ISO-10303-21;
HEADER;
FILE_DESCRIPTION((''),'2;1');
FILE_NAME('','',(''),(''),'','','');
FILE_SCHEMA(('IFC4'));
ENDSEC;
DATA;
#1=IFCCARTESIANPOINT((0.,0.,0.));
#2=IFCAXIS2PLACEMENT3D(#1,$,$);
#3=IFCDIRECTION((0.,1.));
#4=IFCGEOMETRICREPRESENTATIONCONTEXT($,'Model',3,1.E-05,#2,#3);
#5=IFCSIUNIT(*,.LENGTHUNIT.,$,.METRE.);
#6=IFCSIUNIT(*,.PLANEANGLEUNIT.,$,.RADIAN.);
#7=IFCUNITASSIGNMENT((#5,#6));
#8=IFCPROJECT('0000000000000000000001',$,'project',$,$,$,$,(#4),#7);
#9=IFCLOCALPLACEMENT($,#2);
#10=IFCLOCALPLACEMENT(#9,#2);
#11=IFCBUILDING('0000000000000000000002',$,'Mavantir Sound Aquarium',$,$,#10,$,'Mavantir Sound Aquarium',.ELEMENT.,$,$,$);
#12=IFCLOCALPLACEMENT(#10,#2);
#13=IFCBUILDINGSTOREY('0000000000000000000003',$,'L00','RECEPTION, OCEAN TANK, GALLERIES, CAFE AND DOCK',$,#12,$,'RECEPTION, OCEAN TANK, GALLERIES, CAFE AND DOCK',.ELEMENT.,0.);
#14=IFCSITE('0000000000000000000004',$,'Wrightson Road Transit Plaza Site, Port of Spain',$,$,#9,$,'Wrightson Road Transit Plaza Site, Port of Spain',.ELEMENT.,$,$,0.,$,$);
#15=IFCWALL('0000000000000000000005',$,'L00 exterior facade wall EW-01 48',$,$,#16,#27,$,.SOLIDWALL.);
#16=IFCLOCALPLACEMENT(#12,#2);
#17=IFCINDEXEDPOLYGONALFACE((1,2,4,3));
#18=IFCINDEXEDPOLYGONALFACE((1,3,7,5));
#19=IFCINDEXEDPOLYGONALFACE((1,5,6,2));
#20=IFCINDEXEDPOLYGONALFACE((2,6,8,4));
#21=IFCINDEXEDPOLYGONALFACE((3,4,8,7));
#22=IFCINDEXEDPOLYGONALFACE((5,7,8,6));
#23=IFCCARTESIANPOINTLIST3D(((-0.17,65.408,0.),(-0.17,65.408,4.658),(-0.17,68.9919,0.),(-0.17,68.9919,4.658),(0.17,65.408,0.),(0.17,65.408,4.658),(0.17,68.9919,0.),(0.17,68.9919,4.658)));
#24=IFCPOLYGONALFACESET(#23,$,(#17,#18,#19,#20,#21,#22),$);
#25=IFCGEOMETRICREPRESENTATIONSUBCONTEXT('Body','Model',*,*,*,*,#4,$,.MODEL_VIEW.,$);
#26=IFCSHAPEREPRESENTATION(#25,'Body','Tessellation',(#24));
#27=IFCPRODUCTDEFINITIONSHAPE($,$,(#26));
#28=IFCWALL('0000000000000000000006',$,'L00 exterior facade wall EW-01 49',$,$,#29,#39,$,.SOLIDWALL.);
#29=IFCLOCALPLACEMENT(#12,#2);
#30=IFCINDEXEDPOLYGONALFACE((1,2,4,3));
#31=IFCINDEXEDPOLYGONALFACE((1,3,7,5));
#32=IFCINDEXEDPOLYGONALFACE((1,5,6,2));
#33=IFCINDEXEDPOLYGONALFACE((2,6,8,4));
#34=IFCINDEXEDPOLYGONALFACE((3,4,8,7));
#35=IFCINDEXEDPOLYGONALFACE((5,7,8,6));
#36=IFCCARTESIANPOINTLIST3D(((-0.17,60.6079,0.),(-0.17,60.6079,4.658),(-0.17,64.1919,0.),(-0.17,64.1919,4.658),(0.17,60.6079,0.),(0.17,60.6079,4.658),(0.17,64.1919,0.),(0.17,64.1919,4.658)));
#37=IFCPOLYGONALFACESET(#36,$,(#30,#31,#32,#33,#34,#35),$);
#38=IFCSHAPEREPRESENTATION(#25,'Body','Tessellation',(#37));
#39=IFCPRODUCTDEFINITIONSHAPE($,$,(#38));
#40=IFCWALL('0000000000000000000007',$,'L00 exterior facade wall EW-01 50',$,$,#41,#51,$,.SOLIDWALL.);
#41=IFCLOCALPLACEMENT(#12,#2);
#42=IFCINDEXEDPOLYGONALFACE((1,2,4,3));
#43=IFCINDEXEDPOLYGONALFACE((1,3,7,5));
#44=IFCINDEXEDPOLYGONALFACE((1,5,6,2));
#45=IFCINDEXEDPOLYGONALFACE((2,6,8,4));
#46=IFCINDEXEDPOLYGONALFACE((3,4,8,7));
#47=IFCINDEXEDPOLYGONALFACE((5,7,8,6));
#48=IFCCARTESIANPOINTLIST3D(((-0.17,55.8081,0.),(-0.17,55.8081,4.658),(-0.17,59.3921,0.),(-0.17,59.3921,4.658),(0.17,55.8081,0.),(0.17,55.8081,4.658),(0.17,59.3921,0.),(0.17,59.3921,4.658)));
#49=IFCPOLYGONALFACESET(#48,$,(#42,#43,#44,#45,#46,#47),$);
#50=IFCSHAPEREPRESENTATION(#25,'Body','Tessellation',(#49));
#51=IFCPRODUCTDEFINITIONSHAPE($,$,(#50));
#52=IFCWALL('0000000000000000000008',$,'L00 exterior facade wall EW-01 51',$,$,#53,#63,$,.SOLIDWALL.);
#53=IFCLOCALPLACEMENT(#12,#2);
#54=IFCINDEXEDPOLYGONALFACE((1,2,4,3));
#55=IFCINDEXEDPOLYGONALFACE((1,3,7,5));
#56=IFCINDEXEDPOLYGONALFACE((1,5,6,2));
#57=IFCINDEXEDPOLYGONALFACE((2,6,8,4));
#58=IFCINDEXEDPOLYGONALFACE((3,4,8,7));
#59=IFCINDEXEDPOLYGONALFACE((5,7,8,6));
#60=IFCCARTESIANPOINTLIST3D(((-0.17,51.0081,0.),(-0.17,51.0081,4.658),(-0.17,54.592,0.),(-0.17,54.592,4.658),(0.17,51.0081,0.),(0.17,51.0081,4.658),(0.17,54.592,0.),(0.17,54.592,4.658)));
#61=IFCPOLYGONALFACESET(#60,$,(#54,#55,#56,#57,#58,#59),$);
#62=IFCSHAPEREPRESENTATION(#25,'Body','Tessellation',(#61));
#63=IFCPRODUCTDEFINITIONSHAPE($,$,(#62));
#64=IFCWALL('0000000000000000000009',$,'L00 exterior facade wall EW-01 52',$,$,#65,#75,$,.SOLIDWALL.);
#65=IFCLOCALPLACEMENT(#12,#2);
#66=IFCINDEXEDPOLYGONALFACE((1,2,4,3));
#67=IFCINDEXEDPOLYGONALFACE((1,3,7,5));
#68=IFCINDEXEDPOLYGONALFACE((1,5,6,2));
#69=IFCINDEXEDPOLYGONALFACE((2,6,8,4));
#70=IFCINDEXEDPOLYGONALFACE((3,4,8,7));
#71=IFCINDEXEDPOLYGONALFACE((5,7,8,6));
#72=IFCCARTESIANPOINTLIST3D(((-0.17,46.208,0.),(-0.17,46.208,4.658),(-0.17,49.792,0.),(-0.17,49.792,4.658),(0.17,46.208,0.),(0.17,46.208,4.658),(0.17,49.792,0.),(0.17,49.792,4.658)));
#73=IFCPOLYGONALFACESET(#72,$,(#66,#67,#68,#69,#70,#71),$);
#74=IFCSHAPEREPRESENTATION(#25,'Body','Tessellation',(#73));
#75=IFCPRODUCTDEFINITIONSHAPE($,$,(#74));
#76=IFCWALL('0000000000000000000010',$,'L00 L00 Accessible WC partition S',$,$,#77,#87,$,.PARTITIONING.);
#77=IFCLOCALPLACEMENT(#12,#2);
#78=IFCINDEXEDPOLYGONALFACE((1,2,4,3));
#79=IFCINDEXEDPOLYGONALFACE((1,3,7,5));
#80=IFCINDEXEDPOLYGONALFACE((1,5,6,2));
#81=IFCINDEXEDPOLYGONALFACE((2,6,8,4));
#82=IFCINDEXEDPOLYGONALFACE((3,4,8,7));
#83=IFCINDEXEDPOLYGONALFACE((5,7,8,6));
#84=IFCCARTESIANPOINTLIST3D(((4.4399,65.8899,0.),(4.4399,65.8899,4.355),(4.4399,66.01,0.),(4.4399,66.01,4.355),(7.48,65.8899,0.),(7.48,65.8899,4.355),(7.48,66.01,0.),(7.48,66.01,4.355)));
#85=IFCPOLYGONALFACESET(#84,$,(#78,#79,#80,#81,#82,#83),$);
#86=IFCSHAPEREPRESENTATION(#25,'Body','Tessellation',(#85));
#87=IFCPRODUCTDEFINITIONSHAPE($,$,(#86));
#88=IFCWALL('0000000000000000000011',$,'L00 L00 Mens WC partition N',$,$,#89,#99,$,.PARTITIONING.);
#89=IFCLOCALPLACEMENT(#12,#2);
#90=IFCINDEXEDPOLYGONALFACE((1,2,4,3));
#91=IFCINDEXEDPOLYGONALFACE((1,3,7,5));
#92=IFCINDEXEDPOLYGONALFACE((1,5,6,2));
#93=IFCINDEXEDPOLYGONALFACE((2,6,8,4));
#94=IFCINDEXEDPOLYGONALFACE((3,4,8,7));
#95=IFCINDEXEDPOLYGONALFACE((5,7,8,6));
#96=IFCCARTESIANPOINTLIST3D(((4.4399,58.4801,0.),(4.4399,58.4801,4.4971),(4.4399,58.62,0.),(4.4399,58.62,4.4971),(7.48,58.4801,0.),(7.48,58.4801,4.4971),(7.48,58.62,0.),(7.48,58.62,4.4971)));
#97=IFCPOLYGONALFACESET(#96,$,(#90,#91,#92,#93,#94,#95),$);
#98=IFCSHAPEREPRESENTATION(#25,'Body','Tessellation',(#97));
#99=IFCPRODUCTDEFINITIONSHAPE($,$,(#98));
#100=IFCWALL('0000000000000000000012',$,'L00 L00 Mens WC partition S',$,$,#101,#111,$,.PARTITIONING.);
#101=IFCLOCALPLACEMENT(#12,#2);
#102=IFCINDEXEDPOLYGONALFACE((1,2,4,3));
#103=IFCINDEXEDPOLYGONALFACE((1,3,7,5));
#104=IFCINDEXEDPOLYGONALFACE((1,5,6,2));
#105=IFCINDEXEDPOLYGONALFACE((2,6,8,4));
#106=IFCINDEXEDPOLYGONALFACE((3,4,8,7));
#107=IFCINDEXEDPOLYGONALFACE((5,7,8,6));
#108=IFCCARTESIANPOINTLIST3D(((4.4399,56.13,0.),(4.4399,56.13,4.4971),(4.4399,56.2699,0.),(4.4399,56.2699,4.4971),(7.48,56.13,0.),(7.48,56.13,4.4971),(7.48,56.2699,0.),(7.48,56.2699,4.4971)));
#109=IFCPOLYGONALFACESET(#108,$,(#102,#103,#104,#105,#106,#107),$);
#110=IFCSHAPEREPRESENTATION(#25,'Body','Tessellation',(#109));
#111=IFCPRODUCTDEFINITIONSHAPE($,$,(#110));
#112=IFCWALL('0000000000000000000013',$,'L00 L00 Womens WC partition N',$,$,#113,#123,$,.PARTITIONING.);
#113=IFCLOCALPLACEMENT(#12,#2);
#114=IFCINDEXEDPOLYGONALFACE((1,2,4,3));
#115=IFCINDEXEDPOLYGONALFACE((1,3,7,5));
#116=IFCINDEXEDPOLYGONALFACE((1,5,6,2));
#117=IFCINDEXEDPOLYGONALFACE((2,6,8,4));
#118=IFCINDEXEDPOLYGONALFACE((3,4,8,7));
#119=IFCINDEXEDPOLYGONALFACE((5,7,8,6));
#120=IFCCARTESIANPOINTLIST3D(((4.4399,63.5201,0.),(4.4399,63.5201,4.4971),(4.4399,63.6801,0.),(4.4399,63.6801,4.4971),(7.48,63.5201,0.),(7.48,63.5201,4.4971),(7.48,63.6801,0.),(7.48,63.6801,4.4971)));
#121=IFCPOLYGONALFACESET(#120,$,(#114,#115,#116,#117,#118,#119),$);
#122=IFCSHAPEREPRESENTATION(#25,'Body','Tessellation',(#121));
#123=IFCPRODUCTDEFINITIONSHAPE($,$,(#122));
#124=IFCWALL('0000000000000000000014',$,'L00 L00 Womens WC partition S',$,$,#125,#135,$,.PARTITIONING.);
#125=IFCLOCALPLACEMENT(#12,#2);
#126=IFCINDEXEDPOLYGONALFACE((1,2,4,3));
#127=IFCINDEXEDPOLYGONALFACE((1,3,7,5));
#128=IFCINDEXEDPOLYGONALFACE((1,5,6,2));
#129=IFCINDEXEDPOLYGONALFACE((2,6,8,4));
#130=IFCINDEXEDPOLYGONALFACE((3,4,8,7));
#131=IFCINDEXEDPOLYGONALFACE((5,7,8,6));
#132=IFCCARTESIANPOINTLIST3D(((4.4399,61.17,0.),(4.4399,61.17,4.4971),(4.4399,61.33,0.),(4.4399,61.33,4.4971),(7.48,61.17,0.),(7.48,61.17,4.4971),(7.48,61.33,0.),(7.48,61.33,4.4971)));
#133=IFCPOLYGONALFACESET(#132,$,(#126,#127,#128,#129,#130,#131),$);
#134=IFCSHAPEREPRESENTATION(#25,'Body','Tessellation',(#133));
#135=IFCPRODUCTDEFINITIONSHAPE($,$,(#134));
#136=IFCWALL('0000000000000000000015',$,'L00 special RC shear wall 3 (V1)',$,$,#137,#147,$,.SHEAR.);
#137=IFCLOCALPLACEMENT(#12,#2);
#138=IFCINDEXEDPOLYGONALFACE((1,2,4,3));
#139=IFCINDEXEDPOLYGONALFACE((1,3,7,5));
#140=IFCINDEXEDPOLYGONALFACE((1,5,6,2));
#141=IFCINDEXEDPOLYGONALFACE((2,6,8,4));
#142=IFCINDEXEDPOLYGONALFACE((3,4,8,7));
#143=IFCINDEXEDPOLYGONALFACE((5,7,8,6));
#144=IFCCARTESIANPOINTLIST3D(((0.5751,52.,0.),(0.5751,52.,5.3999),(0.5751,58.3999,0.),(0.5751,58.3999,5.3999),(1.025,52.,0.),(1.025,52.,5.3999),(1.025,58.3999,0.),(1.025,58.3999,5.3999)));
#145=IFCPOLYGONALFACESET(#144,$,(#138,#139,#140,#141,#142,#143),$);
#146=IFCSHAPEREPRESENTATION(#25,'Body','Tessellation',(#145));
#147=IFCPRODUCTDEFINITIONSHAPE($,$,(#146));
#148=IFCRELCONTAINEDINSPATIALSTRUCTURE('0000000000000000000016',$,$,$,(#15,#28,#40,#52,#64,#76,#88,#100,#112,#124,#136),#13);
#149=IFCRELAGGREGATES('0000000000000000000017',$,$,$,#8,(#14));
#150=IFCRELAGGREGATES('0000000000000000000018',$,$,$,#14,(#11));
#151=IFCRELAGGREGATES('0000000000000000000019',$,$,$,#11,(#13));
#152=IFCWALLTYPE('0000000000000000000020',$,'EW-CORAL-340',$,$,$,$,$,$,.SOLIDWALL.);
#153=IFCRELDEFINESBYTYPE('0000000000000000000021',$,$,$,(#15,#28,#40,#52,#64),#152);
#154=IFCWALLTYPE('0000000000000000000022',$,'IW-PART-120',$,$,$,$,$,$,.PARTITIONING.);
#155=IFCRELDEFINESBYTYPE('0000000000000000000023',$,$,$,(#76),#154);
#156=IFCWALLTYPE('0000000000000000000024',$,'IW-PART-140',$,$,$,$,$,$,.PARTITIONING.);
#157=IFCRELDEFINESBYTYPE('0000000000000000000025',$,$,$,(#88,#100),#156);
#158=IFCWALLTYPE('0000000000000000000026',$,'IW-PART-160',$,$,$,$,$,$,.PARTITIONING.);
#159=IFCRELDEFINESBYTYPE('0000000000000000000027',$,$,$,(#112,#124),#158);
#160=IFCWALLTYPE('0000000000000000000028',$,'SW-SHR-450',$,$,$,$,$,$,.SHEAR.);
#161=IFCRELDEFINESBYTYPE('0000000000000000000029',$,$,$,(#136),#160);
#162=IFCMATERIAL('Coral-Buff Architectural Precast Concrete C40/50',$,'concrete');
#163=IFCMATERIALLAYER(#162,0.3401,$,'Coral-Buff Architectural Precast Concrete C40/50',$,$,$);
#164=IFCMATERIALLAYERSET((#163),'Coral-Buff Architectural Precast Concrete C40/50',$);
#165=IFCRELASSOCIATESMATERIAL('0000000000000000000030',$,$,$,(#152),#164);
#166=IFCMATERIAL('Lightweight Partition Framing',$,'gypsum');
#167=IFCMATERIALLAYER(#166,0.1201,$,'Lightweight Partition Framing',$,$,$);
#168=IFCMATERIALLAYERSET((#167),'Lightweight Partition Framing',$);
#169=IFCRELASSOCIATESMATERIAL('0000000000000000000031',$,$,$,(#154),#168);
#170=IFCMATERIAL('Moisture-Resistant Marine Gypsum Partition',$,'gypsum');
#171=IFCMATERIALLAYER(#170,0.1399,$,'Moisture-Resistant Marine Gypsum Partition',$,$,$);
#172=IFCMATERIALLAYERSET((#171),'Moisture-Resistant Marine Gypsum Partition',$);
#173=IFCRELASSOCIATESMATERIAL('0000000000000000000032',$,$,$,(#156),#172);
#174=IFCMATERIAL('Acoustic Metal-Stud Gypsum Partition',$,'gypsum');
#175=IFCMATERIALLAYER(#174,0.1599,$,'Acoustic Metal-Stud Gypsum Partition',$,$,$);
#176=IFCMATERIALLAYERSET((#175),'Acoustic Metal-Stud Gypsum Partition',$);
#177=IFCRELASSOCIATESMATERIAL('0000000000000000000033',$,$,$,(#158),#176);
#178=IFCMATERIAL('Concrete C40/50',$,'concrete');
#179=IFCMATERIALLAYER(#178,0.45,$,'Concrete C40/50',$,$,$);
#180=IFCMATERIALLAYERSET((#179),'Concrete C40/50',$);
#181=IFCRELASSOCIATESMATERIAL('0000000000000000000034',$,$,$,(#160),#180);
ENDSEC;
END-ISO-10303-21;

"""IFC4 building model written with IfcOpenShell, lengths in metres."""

from ifc_helpers import new_model, si_unit, direction, frame, frame_2d, origin, place, context, subcontext, project, spatial, rectangle, extrude, material, layer, layer_set, type_object, element, save


model = new_model("IFC4")

# Units and contexts
model_context = context("Model", 3, precision=1e-05, world=origin(), true_north=direction((0.0, 1.0)))
body_context = subcontext(model_context, "Body", "Model", "MODEL_VIEW")
ifc_project = project(units=[si_unit("LENGTHUNIT", "METRE"), si_unit("PLANEANGLEUNIT", "RADIAN")], contexts=[model_context])

# Site, building, storey
site_placement = place(None, origin())
site = spatial("IfcSite", under=ifc_project, at=site_placement, Name="Wrightson Road Transit Plaza Site, Port of Spain", LongName="Wrightson Road Transit Plaza Site, Port of Spain", CompositionType="ELEMENT", RefElevation=0.0)
building_placement = place(site_placement, origin())
building = spatial("IfcBuilding", under=site, at=building_placement, Name="Mavantir Sound Aquarium", LongName="Mavantir Sound Aquarium", CompositionType="ELEMENT")
storey_placement = place(building_placement, origin())
storey = spatial("IfcBuildingStorey", under=building, at=storey_placement, Name="L00", Description="RECEPTION, OCEAN TANK, GALLERIES, CAFE AND DOCK", LongName="RECEPTION, OCEAN TANK, GALLERIES, CAFE AND DOCK", CompositionType="ELEMENT", Elevation=0.0)

# Shared definitions
ifc_material_1 = material(Name="Concrete C40/50", Category="concrete")

# Walls
ifc_material_2 = material(Name="Coral-Buff Architectural Precast Concrete C40/50", Category="concrete")
ifc_layer_1 = layer(ifc_material_2, 0.3401, Name="Coral-Buff Architectural Precast Concrete C40/50")
ifc_layer_set_1 = layer_set([ifc_layer_1], Name="Coral-Buff Architectural Precast Concrete C40/50")
wall_type_1 = type_object("IfcWallType", Name="EW-CORAL-340", PredefinedType="SOLIDWALL", material=ifc_layer_set_1)
for number, where, z_axis, x_axis, name in (
    (1, (0.0, 68.9919, 0.0), (0.0, 0.0, 1.0), (0.0, -1.0, 0.0), "L00 exterior facade wall EW-01 48"),
    (2, (0.0, 64.1919, 0.0), (0.0, 0.0, 1.0), (0.0, -1.0, 0.0), "L00 exterior facade wall EW-01 49"),
    (3, (0.0, 59.3921, 0.0), (0.0, 0.0, 1.0), (0.0, -1.0, 0.0), "L00 exterior facade wall EW-01 50"),
    (4, (0.0, 54.592, 0.0), (0.0, 0.0, 1.0), (0.0, -1.0, 0.0), "L00 exterior facade wall EW-01 51"),
    (5, (0.0, 49.792, 0.0), (0.0, 0.0, 1.0), (0.0, -1.0, 0.0), "L00 exterior facade wall EW-01 52"),
):
    element("IfcWall", number, at=place(storey_placement, frame(where, z_axis=z_axis, x_axis=x_axis)), inside=storey, type_object=wall_type_1, Name=name, PredefinedType="SOLIDWALL", context=body_context, shape_type="SweptSolid", body=[
        extrude(rectangle(XDim=3.584, YDim=0.3401, at=frame_2d((1.792, 0.0))), origin(), (0.0, 0.0, 1.0), 4.658),
    ])
ifc_material_3 = material(Name="Lightweight Partition Framing", Category="gypsum")
ifc_layer_2 = layer(ifc_material_3, 0.1201, Name="Lightweight Partition Framing")
ifc_layer_set_2 = layer_set([ifc_layer_2], Name="Lightweight Partition Framing")
wall_type_2 = type_object("IfcWallType", Name="IW-PART-120", PredefinedType="PARTITIONING", material=ifc_layer_set_2)
wall_1_placement = place(storey_placement, frame((4.4399, 65.95, 0.0), z_axis=(0.0, 0.0, 1.0), x_axis=(1.0, 0.0, 0.0)))
element("IfcWall", 6, at=wall_1_placement, inside=storey, type_object=wall_type_2, Name="L00 L00 Accessible WC partition S", PredefinedType="PARTITIONING", context=body_context, shape_type="SweptSolid", body=[
    extrude(rectangle(XDim=3.04, YDim=0.1201, at=frame_2d((1.52, 0.0))), origin(), (0.0, 0.0, 1.0), 4.355),
])
ifc_material_4 = material(Name="Moisture-Resistant Marine Gypsum Partition", Category="gypsum")
ifc_layer_3 = layer(ifc_material_4, 0.1399, Name="Moisture-Resistant Marine Gypsum Partition")
ifc_layer_set_3 = layer_set([ifc_layer_3], Name="Moisture-Resistant Marine Gypsum Partition")
wall_type_3 = type_object("IfcWallType", Name="IW-PART-140", PredefinedType="PARTITIONING", material=ifc_layer_set_3)
for number, where, z_axis, x_axis, name in (
    (7, (4.4399, 58.55, 0.0), (0.0, 0.0, 1.0), (1.0, 0.0, 0.0), "L00 L00 Mens WC partition N"),
    (8, (4.4399, 56.2, 0.0), (0.0, 0.0, 1.0), (1.0, 0.0, 0.0), "L00 L00 Mens WC partition S"),
):
    element("IfcWall", number, at=place(storey_placement, frame(where, z_axis=z_axis, x_axis=x_axis)), inside=storey, type_object=wall_type_3, Name=name, PredefinedType="PARTITIONING", context=body_context, shape_type="SweptSolid", body=[
        extrude(rectangle(XDim=3.04, YDim=0.1399, at=frame_2d((1.52, 0.0))), origin(), (0.0, 0.0, 1.0), 4.4971),
    ])

# Walls
ifc_material_5 = material(Name="Acoustic Metal-Stud Gypsum Partition", Category="gypsum")
ifc_layer_4 = layer(ifc_material_5, 0.1599, Name="Acoustic Metal-Stud Gypsum Partition")
ifc_layer_set_4 = layer_set([ifc_layer_4], Name="Acoustic Metal-Stud Gypsum Partition")
wall_type_4 = type_object("IfcWallType", Name="IW-PART-160", PredefinedType="PARTITIONING", material=ifc_layer_set_4)
for number, where, z_axis, x_axis, name in (
    (9, (4.4399, 63.6001, 0.0), (0.0, 0.0, 1.0), (1.0, 0.0, 0.0), "L00 L00 Womens WC partition N"),
    (10, (4.4399, 61.25, 0.0), (0.0, 0.0, 1.0), (1.0, 0.0, 0.0), "L00 L00 Womens WC partition S"),
):
    element("IfcWall", number, at=place(storey_placement, frame(where, z_axis=z_axis, x_axis=x_axis)), inside=storey, type_object=wall_type_4, Name=name, PredefinedType="PARTITIONING", context=body_context, shape_type="SweptSolid", body=[
        extrude(rectangle(XDim=3.04, YDim=0.1599, at=frame_2d((1.52, 0.0))), origin(), (0.0, 0.0, 1.0), 4.4971),
    ])

# Wall
ifc_layer_5 = layer(ifc_material_1, 0.45, Name="Concrete C40/50")
ifc_layer_set_5 = layer_set([ifc_layer_5], Name="Concrete C40/50")
wall_type_5 = type_object("IfcWallType", Name="SW-SHR-450", PredefinedType="SHEAR", material=ifc_layer_set_5)
wall_2_placement = place(storey_placement, frame((0.8, 52.0, 0.0), z_axis=(0.0, 0.0, 1.0), x_axis=(0.0, 1.0, 0.0)))
element("IfcWall", 11, at=wall_2_placement, inside=storey, type_object=wall_type_5, Name="L00 special RC shear wall 3 (V1)", PredefinedType="SHEAR", context=body_context, shape_type="SweptSolid", body=[
    extrude(rectangle(XDim=6.3999, YDim=0.45, at=frame_2d((3.2, 0.0))), origin(), (0.0, 0.0, 1.0), 5.3999),
])

save(model, "model.ifc")
